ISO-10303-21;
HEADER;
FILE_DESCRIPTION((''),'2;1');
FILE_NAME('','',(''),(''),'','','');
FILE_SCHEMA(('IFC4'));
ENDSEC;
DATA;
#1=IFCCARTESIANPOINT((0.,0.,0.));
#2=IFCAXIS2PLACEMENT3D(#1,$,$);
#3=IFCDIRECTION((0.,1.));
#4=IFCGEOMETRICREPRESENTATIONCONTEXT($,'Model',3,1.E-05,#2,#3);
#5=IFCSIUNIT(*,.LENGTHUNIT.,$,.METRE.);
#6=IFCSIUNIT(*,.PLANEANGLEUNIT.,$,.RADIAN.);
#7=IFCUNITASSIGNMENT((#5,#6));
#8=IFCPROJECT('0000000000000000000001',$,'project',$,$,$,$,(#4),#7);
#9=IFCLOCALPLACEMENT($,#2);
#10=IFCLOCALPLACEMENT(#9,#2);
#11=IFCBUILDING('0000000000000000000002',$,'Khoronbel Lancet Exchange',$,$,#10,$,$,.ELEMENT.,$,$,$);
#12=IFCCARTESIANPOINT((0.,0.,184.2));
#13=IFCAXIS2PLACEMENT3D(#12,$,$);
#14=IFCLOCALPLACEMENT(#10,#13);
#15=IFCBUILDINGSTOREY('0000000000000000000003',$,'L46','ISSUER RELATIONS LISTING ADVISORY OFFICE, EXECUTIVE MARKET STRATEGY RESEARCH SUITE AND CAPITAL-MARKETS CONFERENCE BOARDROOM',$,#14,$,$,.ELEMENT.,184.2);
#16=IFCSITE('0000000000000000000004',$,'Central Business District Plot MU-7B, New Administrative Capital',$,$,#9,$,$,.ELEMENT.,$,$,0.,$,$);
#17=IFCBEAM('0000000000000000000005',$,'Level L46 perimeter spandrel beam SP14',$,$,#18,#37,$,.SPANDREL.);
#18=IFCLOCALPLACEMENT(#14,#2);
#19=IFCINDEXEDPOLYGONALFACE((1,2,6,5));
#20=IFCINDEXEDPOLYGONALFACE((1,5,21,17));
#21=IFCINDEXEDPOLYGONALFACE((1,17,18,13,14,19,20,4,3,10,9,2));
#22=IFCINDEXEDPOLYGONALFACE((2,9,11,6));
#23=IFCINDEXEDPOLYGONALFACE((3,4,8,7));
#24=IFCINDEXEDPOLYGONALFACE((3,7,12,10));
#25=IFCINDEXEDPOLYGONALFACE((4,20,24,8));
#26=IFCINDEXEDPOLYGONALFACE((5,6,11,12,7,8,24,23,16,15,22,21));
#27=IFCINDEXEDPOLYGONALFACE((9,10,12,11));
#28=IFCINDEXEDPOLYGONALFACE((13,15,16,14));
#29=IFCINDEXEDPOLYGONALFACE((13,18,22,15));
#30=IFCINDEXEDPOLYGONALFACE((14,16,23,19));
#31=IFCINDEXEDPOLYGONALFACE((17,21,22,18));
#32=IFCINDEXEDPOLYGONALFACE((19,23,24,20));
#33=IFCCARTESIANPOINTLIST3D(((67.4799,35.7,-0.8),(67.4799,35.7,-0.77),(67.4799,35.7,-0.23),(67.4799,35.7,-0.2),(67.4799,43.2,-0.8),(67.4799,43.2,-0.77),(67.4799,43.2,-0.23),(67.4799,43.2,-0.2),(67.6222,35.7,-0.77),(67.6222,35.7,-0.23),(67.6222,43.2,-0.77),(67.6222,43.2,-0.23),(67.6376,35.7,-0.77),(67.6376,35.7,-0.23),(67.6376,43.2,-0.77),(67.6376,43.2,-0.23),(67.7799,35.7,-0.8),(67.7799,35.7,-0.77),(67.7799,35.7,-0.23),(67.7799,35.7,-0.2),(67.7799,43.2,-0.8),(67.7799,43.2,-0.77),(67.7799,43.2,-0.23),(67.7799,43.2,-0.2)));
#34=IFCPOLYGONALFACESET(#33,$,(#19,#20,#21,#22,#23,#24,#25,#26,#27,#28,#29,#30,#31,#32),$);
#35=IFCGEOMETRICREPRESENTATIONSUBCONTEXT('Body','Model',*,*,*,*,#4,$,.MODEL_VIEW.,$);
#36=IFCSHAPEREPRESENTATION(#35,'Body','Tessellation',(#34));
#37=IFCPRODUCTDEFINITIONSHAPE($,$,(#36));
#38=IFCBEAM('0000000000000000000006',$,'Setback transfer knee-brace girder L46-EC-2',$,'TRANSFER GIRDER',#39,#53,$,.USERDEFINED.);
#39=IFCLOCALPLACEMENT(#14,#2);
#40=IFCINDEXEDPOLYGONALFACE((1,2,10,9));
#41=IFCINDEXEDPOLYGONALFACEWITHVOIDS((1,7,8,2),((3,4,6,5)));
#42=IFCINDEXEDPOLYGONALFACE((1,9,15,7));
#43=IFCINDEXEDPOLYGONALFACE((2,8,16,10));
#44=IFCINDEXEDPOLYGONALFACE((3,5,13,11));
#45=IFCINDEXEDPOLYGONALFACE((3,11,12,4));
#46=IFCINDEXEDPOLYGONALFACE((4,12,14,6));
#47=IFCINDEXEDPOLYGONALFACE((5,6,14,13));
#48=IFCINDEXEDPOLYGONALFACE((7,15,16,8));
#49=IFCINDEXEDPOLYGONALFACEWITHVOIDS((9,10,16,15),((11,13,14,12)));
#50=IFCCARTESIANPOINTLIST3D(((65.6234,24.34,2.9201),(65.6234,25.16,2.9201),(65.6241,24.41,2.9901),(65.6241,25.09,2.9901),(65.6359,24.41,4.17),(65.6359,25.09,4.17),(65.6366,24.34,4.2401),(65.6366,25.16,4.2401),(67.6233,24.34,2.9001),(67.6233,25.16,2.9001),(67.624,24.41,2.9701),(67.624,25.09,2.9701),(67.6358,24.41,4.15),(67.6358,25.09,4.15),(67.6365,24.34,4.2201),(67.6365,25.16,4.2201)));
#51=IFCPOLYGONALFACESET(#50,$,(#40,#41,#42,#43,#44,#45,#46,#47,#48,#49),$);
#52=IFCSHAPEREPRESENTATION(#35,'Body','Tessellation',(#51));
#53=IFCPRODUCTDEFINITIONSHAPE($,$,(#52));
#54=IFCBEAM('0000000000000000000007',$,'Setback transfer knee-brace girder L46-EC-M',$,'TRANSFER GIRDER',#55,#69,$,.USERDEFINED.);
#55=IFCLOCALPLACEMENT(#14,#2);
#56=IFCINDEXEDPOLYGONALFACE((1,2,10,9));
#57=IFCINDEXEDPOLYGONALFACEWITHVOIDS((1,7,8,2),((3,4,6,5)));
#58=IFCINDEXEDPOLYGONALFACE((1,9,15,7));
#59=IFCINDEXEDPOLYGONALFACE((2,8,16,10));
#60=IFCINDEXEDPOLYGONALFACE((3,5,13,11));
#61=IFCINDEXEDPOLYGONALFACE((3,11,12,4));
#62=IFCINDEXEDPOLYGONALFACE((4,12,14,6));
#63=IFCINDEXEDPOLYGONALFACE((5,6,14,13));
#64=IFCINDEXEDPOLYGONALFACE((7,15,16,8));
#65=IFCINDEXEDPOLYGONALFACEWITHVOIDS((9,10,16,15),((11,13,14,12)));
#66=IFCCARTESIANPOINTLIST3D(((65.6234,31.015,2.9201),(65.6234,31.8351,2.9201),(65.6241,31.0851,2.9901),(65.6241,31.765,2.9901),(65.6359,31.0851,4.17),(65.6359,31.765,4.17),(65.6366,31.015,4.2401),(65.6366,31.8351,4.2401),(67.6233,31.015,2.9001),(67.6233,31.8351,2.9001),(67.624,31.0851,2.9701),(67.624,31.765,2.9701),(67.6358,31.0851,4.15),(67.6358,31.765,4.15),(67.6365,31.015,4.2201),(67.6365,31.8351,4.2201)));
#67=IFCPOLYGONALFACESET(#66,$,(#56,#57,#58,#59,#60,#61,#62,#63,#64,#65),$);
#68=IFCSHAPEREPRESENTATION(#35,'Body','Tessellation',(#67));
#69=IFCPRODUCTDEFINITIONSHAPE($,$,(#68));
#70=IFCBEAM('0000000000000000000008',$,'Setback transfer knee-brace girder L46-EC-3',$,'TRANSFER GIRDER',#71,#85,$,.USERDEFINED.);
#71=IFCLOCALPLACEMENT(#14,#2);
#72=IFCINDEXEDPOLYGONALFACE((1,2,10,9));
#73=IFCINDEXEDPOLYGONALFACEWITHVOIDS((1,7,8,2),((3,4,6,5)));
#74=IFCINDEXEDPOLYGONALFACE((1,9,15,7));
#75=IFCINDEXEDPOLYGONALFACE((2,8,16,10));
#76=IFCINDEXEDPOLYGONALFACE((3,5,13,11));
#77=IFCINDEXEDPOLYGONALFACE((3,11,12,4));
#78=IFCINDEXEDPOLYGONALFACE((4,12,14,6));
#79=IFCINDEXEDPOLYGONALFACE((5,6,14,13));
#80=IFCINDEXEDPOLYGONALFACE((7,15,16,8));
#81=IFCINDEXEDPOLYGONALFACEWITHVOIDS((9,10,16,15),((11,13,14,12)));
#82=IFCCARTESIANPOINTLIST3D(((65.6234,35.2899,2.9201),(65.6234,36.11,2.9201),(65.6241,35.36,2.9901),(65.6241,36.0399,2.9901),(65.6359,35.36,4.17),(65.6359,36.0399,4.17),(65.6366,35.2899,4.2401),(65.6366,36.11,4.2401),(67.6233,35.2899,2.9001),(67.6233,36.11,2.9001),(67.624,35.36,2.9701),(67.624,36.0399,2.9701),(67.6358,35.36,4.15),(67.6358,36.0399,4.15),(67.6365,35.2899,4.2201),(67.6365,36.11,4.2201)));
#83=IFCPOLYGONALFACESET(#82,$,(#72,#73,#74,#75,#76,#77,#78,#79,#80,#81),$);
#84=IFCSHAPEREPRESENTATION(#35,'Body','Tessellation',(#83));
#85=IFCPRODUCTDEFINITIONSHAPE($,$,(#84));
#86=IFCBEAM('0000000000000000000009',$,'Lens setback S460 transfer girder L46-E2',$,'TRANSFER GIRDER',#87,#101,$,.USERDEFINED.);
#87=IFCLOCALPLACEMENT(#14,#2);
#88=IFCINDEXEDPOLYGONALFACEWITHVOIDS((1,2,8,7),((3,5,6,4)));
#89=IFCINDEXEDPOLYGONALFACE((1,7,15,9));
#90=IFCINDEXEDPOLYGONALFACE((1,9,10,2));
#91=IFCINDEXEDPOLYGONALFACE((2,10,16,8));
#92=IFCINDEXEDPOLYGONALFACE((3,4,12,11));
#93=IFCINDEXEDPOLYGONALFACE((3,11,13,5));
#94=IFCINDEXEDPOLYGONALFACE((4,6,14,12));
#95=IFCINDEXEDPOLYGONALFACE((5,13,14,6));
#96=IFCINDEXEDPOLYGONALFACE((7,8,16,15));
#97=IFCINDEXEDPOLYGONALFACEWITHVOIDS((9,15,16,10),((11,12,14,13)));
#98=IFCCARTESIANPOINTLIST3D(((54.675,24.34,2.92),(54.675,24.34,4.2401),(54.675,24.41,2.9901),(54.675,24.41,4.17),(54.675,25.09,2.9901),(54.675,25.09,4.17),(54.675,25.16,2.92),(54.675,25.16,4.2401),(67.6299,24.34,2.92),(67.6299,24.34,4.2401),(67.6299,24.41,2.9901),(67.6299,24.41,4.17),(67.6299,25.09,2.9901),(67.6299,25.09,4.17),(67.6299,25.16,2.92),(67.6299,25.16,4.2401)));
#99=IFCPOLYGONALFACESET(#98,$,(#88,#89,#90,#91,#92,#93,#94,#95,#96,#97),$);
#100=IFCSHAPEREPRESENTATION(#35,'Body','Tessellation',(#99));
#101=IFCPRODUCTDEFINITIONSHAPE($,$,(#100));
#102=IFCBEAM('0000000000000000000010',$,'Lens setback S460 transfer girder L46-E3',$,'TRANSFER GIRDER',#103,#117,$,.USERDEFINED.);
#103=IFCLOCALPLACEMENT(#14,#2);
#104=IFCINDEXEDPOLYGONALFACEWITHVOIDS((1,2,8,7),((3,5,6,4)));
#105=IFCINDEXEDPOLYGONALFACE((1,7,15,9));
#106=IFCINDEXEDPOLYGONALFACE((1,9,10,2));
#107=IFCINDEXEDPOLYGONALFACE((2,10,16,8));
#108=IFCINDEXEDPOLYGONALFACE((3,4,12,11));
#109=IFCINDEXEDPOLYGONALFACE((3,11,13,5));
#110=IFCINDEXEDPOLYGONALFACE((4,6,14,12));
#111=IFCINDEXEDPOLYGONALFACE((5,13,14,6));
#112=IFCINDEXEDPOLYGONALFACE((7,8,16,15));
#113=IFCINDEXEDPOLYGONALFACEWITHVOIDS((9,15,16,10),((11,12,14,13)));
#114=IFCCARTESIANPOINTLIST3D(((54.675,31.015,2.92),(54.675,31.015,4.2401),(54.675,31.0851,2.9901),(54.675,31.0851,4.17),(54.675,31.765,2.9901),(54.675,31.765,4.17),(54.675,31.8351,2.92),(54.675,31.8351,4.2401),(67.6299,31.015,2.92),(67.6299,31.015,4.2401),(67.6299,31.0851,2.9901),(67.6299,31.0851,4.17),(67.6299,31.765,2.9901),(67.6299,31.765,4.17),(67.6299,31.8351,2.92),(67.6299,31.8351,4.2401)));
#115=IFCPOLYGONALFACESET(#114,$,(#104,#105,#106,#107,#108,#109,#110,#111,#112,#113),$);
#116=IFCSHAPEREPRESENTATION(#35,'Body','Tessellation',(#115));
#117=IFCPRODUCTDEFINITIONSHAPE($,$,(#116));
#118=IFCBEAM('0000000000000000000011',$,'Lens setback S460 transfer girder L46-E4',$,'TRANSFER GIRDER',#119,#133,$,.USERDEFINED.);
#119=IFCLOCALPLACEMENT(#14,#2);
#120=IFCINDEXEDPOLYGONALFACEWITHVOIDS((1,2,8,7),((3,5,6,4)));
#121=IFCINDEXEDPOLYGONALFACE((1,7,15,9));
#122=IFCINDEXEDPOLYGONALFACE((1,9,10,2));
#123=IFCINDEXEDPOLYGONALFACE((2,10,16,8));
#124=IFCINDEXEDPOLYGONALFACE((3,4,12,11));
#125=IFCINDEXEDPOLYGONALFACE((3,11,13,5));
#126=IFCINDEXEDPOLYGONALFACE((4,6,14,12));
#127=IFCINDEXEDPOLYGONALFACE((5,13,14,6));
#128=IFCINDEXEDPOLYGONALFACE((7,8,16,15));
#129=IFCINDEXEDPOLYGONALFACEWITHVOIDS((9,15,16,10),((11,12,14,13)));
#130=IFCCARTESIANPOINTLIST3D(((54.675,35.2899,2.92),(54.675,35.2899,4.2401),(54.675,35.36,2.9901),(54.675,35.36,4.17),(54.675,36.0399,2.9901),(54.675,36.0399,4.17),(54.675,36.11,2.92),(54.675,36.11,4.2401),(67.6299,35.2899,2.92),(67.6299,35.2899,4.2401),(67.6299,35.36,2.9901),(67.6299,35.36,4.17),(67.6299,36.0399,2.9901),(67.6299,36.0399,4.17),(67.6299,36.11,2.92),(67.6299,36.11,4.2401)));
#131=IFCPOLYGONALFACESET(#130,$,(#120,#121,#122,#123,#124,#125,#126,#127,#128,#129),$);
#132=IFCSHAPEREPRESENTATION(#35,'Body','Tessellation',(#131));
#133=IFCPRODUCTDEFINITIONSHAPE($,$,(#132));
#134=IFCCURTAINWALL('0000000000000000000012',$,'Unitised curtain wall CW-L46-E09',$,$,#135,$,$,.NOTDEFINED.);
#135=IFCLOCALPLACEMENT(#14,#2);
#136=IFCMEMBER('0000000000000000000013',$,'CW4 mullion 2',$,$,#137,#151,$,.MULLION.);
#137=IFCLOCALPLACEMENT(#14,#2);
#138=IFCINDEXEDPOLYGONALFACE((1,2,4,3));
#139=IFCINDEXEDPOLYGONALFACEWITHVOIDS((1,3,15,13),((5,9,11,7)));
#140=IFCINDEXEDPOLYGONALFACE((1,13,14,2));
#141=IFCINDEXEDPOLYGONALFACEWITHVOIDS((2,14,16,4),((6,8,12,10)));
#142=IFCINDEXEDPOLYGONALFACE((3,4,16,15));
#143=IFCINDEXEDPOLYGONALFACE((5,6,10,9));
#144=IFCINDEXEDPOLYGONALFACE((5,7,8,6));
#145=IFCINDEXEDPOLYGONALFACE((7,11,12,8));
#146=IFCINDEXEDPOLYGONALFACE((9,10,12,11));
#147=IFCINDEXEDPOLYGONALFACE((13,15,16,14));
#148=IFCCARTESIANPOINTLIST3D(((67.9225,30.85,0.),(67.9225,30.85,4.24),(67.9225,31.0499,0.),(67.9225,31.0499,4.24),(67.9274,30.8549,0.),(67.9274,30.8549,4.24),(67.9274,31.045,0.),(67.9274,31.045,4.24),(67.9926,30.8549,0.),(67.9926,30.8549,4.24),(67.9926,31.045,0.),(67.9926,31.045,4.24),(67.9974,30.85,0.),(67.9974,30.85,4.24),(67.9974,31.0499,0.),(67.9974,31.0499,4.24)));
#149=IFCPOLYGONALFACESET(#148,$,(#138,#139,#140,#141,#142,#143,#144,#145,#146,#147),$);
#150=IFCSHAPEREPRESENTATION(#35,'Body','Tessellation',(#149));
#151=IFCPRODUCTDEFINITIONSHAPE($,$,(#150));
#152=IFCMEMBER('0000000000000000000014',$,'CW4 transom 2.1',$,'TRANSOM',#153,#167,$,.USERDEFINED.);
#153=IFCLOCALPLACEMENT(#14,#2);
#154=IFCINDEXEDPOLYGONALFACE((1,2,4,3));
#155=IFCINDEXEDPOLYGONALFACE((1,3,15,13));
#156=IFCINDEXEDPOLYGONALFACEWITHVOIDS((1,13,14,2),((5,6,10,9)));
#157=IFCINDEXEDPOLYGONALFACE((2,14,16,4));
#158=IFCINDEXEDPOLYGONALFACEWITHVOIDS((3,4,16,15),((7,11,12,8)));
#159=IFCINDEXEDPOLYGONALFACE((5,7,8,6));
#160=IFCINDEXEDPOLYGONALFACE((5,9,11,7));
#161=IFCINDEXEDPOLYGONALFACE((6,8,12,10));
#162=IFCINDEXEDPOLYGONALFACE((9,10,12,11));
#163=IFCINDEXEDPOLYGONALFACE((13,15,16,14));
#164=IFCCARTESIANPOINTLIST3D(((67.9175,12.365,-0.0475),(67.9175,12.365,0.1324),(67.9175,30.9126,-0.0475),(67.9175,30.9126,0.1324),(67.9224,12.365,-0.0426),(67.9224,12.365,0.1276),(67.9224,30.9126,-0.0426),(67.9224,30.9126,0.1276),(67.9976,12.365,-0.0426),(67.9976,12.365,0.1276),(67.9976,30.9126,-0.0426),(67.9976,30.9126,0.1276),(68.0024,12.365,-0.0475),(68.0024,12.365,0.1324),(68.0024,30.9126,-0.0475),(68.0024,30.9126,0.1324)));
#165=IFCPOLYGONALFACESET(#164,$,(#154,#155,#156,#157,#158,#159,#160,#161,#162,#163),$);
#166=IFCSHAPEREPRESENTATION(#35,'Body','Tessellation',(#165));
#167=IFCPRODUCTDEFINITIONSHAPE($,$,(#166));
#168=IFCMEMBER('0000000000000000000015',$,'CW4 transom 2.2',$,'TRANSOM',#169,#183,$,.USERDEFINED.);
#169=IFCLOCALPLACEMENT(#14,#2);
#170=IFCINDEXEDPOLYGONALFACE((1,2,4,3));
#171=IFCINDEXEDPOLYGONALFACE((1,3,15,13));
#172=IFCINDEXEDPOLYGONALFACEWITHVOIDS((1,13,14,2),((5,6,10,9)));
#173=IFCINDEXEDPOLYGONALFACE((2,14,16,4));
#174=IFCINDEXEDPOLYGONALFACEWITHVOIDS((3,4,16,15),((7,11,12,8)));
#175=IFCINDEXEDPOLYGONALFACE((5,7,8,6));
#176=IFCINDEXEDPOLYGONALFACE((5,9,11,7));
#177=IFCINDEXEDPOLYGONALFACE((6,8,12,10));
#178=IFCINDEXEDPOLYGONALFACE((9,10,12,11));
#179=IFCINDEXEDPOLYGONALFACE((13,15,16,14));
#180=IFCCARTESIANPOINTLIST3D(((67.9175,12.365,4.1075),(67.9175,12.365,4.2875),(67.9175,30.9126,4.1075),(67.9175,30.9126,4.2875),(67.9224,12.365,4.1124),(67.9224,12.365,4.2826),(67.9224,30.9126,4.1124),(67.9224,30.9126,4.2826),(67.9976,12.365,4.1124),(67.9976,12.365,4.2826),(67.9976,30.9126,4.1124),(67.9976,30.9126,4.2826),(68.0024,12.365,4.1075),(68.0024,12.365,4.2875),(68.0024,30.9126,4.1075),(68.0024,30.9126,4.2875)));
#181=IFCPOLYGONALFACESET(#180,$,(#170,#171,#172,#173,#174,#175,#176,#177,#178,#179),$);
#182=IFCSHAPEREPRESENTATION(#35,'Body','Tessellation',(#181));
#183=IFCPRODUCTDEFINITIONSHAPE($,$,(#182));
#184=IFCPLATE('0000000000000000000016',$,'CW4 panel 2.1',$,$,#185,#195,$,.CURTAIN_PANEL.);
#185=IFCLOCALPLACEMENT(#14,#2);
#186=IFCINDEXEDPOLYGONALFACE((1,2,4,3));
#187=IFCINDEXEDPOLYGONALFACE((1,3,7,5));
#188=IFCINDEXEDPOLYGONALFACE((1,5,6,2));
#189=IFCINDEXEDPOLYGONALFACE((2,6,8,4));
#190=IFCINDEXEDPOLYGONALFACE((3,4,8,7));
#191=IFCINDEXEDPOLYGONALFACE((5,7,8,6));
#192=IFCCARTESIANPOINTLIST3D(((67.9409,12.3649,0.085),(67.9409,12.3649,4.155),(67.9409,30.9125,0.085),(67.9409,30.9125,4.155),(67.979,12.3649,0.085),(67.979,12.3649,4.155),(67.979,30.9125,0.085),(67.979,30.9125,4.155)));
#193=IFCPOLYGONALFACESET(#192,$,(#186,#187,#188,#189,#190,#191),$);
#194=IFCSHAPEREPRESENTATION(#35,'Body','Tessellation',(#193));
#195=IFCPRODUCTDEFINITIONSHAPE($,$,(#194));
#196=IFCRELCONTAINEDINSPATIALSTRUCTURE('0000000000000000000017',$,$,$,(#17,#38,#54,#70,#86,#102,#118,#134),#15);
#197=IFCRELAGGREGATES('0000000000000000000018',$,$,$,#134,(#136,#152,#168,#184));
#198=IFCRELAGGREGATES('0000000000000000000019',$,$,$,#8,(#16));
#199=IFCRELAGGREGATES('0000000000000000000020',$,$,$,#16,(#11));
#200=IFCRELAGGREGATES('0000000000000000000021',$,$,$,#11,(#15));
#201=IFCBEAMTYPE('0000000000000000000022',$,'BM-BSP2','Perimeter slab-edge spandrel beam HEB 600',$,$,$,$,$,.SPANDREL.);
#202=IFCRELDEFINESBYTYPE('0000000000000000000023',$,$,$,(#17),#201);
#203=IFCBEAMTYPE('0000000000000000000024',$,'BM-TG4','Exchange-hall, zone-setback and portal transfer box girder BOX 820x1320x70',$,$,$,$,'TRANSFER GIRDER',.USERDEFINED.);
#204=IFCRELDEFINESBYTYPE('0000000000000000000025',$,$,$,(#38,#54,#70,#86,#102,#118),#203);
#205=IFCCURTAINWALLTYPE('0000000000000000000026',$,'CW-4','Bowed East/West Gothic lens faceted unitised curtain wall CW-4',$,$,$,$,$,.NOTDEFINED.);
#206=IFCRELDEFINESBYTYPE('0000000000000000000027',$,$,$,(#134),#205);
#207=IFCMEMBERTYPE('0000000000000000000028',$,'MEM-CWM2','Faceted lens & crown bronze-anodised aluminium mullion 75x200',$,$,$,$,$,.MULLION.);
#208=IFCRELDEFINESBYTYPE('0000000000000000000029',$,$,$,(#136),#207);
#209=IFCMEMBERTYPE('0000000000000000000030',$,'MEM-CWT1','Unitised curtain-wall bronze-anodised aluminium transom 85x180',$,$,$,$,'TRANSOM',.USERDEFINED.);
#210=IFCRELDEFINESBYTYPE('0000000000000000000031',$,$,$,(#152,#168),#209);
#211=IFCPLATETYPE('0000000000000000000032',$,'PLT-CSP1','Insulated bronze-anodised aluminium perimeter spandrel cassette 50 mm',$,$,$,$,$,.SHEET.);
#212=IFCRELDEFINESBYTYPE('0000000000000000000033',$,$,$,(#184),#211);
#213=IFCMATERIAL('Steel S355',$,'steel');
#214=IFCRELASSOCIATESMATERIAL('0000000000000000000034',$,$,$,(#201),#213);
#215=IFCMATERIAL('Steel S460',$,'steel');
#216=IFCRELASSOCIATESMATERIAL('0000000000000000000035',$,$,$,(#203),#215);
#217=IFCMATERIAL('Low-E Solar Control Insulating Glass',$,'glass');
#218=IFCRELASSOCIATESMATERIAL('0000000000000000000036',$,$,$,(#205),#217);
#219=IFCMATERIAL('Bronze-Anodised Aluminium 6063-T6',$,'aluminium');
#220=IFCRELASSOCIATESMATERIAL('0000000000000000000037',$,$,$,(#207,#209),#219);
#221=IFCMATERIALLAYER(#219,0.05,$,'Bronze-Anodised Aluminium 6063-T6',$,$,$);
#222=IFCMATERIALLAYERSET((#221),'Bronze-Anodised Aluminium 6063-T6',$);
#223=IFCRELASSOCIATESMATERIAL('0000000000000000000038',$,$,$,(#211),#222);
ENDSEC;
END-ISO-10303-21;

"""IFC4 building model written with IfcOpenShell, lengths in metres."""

from ifc_helpers import new_model, si_unit, direction, frame, origin, origin_2d, place, context, subcontext, project, spatial, rectangle, hollow_rectangle, i_section, extrude, material, layer, layer_set, material_profile, profile_set, type_object, element, aggregate, save


model = new_model("IFC4")

# Units and contexts
model_context = context("Model", 3, precision=1e-05, world=origin(), true_north=direction((0.0, 1.0)))
body_context = subcontext(model_context, "Body", "Model", "MODEL_VIEW")
ifc_project = project(units=[si_unit("LENGTHUNIT", "METRE"), si_unit("PLANEANGLEUNIT", "RADIAN")], contexts=[model_context])

# Site, building, storey
site_placement = place(None, origin())
site = spatial("IfcSite", under=ifc_project, at=site_placement, Name="Central Business District Plot MU-7B, New Administrative Capital", CompositionType="ELEMENT", RefElevation=0.0)
building_placement = place(site_placement, origin())
building = spatial("IfcBuilding", under=site, at=building_placement, Name="Khoronbel Lancet Exchange", CompositionType="ELEMENT")
storey_placement = place(building_placement, frame((0.0, 0.0, 184.2)))
storey = spatial("IfcBuildingStorey", under=building, at=storey_placement, Name="L46", Description="ISSUER RELATIONS LISTING ADVISORY OFFICE, EXECUTIVE MARKET STRATEGY RESEARCH SUITE AND CAPITAL-MARKETS CONFERENCE BOARDROOM", CompositionType="ELEMENT", Elevation=184.2)

# Shared definitions
ifc_material_1 = material(Name="Steel S460", Category="steel")
ifc_material_2 = material(Name="Steel S355", Category="steel")

# Beams
ifc_material_profile_1 = material_profile(ifc_material_2, i_section(OverallWidth=0.3, OverallDepth=0.6001, WebThickness=0.0154, FlangeThickness=0.03, at=origin_2d()), Name="HEB 600")
ifc_profile_set_1 = profile_set([ifc_material_profile_1], Name="Steel S355")
beam_type_1 = type_object("IfcBeamType", Name="BM-BSP2", Description="Perimeter slab-edge spandrel beam HEB 600", PredefinedType="SPANDREL", material=ifc_profile_set_1)
beam_1_placement = place(storey_placement, frame((67.6299, 35.7, -0.5), z_axis=(0.0, 1.0, 0.0), x_axis=(-1.0, 0.0, 0.0)))
element("IfcBeam", 1, at=beam_1_placement, inside=storey, type_object=beam_type_1, Name="Level L46 perimeter spandrel beam SP14", PredefinedType="SPANDREL", context=body_context, shape_type="SweptSolid", body=[
    extrude(i_section(OverallWidth=0.3, OverallDepth=0.6001, WebThickness=0.0154, FlangeThickness=0.03, at=origin_2d()), origin(), (0.0, 0.0, 1.0), 7.5),
])
ifc_material_profile_2 = material_profile(ifc_material_1, hollow_rectangle(XDim=0.8201, YDim=1.3201, WallThickness=0.0701, at=origin_2d()), Name="BOX 820x1320x70")
ifc_profile_set_2 = profile_set([ifc_material_profile_2], Name="Steel S460")
beam_type_2 = type_object("IfcBeamType", Name="BM-TG4", Description="Exchange-hall, zone-setback and portal transfer box girder BOX 820x1320x70", ElementType="TRANSFER GIRDER", PredefinedType="USERDEFINED", material=ifc_profile_set_2)
for number, where, z_axis, x_axis, name in (
    (2, (67.6299, 24.75, 3.5601), (-0.99995, 0.0, 0.010009), (0.0, -1.0, 0.0), "Setback transfer knee-brace girder L46-EC-2"),
    (3, (67.6299, 31.425, 3.5601), (-0.99995, 0.0, 0.010009), (0.0, -1.0, 0.0), "Setback transfer knee-brace girder L46-EC-M"),
    (4, (67.6299, 35.7, 3.5601), (-0.99995, 0.0, 0.010009), (0.0, -1.0, 0.0), "Setback transfer knee-brace girder L46-EC-3"),
):
    element("IfcBeam", number, at=place(storey_placement, frame(where, z_axis=z_axis, x_axis=x_axis)), inside=storey, type_object=beam_type_2, Name=name, ObjectType="TRANSFER GIRDER", PredefinedType="USERDEFINED", context=body_context, shape_type="SweptSolid", body=[
        extrude(hollow_rectangle(XDim=0.8201, YDim=1.3201, WallThickness=0.0701, at=origin_2d()), origin(), (0.0, 0.0, 1.0), 2.0),
    ])
for number, where, z_axis, x_axis, name in (
    (5, (54.675, 24.75, 3.5801), (1.0, 0.0, 0.0), (0.0, 1.0, 0.0), "Lens setback S460 transfer girder L46-E2"),
    (6, (54.675, 31.425, 3.5801), (1.0, 0.0, 0.0), (0.0, 1.0, 0.0), "Lens setback S460 transfer girder L46-E3"),
    (7, (54.675, 35.7, 3.5801), (1.0, 0.0, 0.0), (0.0, 1.0, 0.0), "Lens setback S460 transfer girder L46-E4"),
):
    element("IfcBeam", number, at=place(storey_placement, frame(where, z_axis=z_axis, x_axis=x_axis)), inside=storey, type_object=beam_type_2, Name=name, ObjectType="TRANSFER GIRDER", PredefinedType="USERDEFINED", context=body_context, shape_type="SweptSolid", body=[
        extrude(hollow_rectangle(XDim=0.8201, YDim=1.3201, WallThickness=0.0701, at=origin_2d()), origin(), (0.0, 0.0, 1.0), 12.9548),
    ])

# Curtain wall, members, plate
ifc_material_3 = material(Name="Low-E Solar Control Insulating Glass", Category="glass")
curtain_wall_type = type_object("IfcCurtainWallType", Name="CW-4", Description="Bowed East/West Gothic lens faceted unitised curtain wall CW-4", PredefinedType="NOTDEFINED", material=ifc_material_3)
curtain_wall_placement = place(storey_placement, origin())
curtain_wall = element("IfcCurtainWall", 8, at=curtain_wall_placement, inside=storey, type_object=curtain_wall_type, Name="Unitised curtain wall CW-L46-E09", PredefinedType="NOTDEFINED")
ifc_material_4 = material(Name="Bronze-Anodised Aluminium 6063-T6", Category="aluminium")
ifc_material_profile_3 = material_profile(ifc_material_4, hollow_rectangle(XDim=0.075, YDim=0.2, WallThickness=0.0049, at=origin_2d()), Name="ALU MULLION 75x200")
ifc_profile_set_3 = profile_set([ifc_material_profile_3], Name="Bronze-Anodised Aluminium 6063-T6")
member_type_1 = type_object("IfcMemberType", Name="MEM-CWM2", Description="Faceted lens & crown bronze-anodised aluminium mullion 75x200", PredefinedType="MULLION", material=ifc_profile_set_3)
member_1_placement = place(storey_placement, frame((67.96, 30.95, 0.0), z_axis=(0.0, 0.0, 1.0), x_axis=(1.0, 0.0, 0.0)))
member_1 = element("IfcMember", 9, at=member_1_placement, type_object=member_type_1, Name="CW4 mullion 2", PredefinedType="MULLION", context=body_context, shape_type="SweptSolid", body=[
    extrude(hollow_rectangle(XDim=0.075, YDim=0.2, WallThickness=0.0049, at=origin_2d()), origin(), (0.0, 0.0, 1.0), 4.24),
])
ifc_material_profile_4 = material_profile(ifc_material_4, hollow_rectangle(XDim=0.085, YDim=0.1799, WallThickness=0.0049, at=origin_2d()), Name="ALU TRANSOM 85x180")
ifc_profile_set_4 = profile_set([ifc_material_profile_4], Name="Bronze-Anodised Aluminium 6063-T6")
member_type_2 = type_object("IfcMemberType", Name="MEM-CWT1", Description="Unitised curtain-wall bronze-anodised aluminium transom 85x180", ElementType="TRANSOM", PredefinedType="USERDEFINED", material=ifc_profile_set_4)
member_2_placement = place(storey_placement, frame((67.96, 30.9126, 0.0425), z_axis=(0.0, -1.0, 0.0), x_axis=(1.0, 0.0, 0.0)))
member_2 = element("IfcMember", 10, at=member_2_placement, type_object=member_type_2, Name="CW4 transom 2.1", ObjectType="TRANSOM", PredefinedType="USERDEFINED", context=body_context, shape_type="SweptSolid", body=[
    extrude(hollow_rectangle(XDim=0.085, YDim=0.1799, WallThickness=0.0049, at=origin_2d()), origin(), (0.0, 0.0, 1.0), 18.5476),
])
member_3_placement = place(storey_placement, frame((67.96, 30.9126, 4.1975), z_axis=(0.0, -1.0, 0.0), x_axis=(1.0, 0.0, 0.0)))
member_3 = element("IfcMember", 11, at=member_3_placement, type_object=member_type_2, Name="CW4 transom 2.2", ObjectType="TRANSOM", PredefinedType="USERDEFINED", context=body_context, shape_type="SweptSolid", body=[
    extrude(hollow_rectangle(XDim=0.085, YDim=0.1799, WallThickness=0.0049, at=origin_2d()), origin(), (0.0, 0.0, 1.0), 18.5476),
])
ifc_layer_1 = layer(ifc_material_4, 0.05, Name="Bronze-Anodised Aluminium 6063-T6")
ifc_layer_set_1 = layer_set([ifc_layer_1], Name="Bronze-Anodised Aluminium 6063-T6")
plate_type_1 = type_object("IfcPlateType", Name="PLT-CSP1", Description="Insulated bronze-anodised aluminium perimeter spandrel cassette 50 mm", PredefinedType="SHEET", material=ifc_layer_set_1)
plate_1_placement = place(storey_placement, frame((67.96, 21.6387, 0.085), z_axis=(0.0, 0.0, 1.0), x_axis=(0.0, -1.0, 0.0)))
plate_1 = element("IfcPlate", 12, at=plate_1_placement, type_object=plate_type_1, Name="CW4 panel 2.1", PredefinedType="CURTAIN_PANEL", context=body_context, shape_type="SweptSolid", body=[
    extrude(rectangle(XDim=18.5476, YDim=0.0381, at=origin_2d()), origin(), (0.0, 0.0, 1.0), 4.0701),
])
aggregate(curtain_wall, [member_1, member_2, member_3, plate_1])

save(model, "model.ifc")
